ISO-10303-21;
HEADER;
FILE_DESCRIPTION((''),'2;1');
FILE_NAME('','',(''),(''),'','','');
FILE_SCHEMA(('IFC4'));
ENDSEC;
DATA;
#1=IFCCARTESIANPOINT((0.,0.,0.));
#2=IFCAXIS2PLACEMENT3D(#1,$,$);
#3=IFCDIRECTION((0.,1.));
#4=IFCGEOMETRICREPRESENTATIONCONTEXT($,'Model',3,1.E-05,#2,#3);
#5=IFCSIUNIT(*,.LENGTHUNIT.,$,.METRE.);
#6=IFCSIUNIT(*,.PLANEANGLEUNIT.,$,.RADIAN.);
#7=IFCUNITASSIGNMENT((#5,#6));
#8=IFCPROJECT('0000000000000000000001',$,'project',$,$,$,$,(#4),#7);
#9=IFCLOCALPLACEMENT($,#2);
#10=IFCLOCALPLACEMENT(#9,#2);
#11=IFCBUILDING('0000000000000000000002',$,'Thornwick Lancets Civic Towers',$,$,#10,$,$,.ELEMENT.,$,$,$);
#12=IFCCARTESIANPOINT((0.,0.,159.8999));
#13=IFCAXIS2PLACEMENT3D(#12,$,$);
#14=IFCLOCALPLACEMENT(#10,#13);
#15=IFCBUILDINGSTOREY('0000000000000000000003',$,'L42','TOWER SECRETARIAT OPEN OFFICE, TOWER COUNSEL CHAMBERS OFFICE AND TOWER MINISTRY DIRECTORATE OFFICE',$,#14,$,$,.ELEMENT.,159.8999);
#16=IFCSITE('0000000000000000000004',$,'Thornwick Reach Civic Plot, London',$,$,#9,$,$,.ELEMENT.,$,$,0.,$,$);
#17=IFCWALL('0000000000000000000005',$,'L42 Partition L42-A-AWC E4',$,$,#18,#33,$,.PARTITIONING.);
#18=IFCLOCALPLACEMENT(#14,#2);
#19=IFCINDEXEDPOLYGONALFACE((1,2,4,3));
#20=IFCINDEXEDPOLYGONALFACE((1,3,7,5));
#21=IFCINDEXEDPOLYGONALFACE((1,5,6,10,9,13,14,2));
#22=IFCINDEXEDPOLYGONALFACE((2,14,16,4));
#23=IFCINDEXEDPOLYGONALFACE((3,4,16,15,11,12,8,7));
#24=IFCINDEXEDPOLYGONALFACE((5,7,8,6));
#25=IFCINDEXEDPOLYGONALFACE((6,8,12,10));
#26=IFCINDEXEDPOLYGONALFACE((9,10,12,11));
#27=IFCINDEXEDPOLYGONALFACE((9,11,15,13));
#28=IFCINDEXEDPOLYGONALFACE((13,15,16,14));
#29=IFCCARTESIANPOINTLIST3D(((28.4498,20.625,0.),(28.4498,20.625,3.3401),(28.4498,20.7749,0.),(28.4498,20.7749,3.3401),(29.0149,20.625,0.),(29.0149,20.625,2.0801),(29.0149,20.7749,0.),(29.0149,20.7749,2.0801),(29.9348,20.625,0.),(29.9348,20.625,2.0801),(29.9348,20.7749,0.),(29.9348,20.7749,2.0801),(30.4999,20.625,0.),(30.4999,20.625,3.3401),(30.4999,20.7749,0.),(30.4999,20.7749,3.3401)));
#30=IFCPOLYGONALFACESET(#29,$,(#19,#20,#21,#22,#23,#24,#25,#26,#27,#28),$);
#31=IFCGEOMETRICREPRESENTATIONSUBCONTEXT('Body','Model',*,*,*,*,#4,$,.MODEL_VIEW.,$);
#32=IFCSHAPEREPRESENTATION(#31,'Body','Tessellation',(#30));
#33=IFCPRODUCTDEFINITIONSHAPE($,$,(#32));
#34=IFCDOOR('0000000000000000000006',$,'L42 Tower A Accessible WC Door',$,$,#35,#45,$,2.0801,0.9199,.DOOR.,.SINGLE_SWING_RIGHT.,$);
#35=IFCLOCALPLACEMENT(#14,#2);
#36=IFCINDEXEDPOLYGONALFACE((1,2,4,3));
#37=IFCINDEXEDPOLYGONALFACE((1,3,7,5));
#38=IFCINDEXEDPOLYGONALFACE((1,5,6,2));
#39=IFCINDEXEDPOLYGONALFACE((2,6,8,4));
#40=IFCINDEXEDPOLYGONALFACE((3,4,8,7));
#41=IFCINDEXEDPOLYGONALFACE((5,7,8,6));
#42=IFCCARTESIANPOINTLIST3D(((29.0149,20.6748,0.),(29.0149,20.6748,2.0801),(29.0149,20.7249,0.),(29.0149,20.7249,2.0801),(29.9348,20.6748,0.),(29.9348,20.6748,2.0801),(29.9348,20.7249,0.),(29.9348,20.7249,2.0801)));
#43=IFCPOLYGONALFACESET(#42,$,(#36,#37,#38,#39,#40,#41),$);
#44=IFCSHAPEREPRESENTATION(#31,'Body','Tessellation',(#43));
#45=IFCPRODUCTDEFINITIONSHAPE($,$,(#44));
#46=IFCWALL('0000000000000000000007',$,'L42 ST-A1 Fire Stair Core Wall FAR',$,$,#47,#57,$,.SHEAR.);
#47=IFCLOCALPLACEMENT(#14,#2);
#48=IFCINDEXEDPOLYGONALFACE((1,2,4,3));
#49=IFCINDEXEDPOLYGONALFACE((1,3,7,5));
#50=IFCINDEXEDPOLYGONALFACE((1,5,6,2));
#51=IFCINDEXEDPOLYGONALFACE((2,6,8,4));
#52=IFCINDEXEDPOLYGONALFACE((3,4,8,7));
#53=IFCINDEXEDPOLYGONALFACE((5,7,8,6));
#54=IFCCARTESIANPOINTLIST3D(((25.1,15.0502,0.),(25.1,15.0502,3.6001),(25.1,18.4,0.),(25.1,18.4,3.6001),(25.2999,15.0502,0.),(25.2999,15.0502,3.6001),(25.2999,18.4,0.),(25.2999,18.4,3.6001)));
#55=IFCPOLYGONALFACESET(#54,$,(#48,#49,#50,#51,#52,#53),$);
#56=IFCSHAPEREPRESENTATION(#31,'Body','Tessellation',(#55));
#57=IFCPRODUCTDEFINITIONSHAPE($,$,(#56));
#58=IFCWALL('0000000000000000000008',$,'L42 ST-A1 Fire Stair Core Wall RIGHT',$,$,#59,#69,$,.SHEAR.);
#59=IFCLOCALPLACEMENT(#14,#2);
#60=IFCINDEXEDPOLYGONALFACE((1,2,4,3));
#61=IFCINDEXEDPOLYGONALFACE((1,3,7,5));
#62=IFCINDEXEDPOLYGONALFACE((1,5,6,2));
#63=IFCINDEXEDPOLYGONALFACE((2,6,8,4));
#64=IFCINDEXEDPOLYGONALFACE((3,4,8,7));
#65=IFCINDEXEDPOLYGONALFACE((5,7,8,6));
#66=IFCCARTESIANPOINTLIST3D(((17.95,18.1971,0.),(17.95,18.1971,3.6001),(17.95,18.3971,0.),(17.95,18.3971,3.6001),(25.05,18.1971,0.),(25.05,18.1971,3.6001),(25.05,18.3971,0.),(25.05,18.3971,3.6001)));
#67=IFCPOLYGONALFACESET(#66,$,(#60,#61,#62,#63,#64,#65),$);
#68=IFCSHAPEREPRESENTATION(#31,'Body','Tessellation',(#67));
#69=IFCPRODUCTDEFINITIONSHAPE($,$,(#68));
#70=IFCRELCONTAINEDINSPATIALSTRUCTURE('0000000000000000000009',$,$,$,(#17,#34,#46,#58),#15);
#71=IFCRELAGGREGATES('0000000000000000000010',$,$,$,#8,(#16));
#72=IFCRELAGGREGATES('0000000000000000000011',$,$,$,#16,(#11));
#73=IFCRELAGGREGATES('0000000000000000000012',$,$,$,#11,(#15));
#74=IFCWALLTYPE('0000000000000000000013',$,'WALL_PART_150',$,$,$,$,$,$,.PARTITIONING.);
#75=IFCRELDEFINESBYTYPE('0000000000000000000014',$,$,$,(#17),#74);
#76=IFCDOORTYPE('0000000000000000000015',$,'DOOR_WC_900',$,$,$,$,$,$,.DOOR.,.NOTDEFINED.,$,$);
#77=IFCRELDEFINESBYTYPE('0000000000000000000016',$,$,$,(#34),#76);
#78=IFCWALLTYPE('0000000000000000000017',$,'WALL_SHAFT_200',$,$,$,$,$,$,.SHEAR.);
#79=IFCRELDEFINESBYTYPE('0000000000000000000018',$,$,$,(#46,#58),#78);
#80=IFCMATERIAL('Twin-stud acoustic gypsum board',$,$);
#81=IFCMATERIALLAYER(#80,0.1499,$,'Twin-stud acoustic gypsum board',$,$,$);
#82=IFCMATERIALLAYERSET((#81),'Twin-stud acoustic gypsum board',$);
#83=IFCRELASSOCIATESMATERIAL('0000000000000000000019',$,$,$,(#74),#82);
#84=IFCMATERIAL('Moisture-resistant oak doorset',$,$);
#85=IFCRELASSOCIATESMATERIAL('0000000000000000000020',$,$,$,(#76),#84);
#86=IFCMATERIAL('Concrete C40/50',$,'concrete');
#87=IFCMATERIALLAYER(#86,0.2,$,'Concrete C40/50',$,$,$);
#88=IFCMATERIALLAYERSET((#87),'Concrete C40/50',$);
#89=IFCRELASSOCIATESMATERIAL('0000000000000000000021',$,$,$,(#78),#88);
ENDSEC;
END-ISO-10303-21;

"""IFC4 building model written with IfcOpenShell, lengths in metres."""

from ifc_helpers import new_model, si_unit, direction, frame, frame_2d, origin, place, context, subcontext, project, spatial, rectangle, extrude, material, layer, layer_set, type_object, element, fill, save


model = new_model("IFC4")

# Units and contexts
model_context = context("Model", 3, precision=1e-05, world=origin(), true_north=direction((0.0, 1.0)))
body_context = subcontext(model_context, "Body", "Model", "MODEL_VIEW")
ifc_project = project(units=[si_unit("LENGTHUNIT", "METRE"), si_unit("PLANEANGLEUNIT", "RADIAN")], contexts=[model_context])

# Site, building, storey
site_placement = place(None, origin())
site = spatial("IfcSite", under=ifc_project, at=site_placement, Name="Thornwick Reach Civic Plot, London", CompositionType="ELEMENT", RefElevation=0.0)
building_placement = place(site_placement, origin())
building = spatial("IfcBuilding", under=site, at=building_placement, Name="Thornwick Lancets Civic Towers", CompositionType="ELEMENT")
storey_placement = place(building_placement, frame((0.0, 0.0, 159.8999)))
storey = spatial("IfcBuildingStorey", under=building, at=storey_placement, Name="L42", Description="TOWER SECRETARIAT OPEN OFFICE, TOWER COUNSEL CHAMBERS OFFICE AND TOWER MINISTRY DIRECTORATE OFFICE", CompositionType="ELEMENT", Elevation=159.8999)

# Wall, opening, door
ifc_material_1 = material(Name="Twin-stud acoustic gypsum board")
ifc_layer_1 = layer(ifc_material_1, 0.1499, Name="Twin-stud acoustic gypsum board")
ifc_layer_set_1 = layer_set([ifc_layer_1], Name="Twin-stud acoustic gypsum board")
wall_type_1 = type_object("IfcWallType", Name="WALL_PART_150", PredefinedType="PARTITIONING", material=ifc_layer_set_1)
wall_1_placement = place(storey_placement, frame((28.45, 20.7, 0.0), z_axis=(0.0, 0.0, 1.0), x_axis=(1.0, 0.0, 0.0)))
wall_1 = element("IfcWall", 1, at=wall_1_placement, inside=storey, type_object=wall_type_1, Name="L42 Partition L42-A-AWC E4", PredefinedType="PARTITIONING", context=body_context, shape_type="SweptSolid", body=[
    extrude(rectangle(XDim=2.05, YDim=0.1499, at=frame_2d((1.0249, 0.0))), origin(), (0.0, 0.0, 1.0), 3.3401),
])
opening_1_placement = place(wall_1_placement, frame((0.5649, 0.0, 0.0)))
opening_1 = element("IfcOpeningElement", 2, at=opening_1_placement, cuts=wall_1, PredefinedType="OPENING", context=body_context, shape_type="SweptSolid", body=[
    extrude(rectangle(XDim=0.9199, YDim=2.0801, at=frame_2d((0.46, 1.04))), frame((0.0, 0.085, 0.0), z_axis=(0.0, -1.0, 0.0), x_axis=(1.0, 0.0, 0.0)), (0.0, 0.0, 1.0), 0.1699),
])
ifc_material_2 = material(Name="Moisture-resistant oak doorset")
door_type_1 = type_object("IfcDoorType", Name="DOOR_WC_900", OperationType="NOTDEFINED", PredefinedType="DOOR", material=ifc_material_2)
door_1_placement = place(opening_1_placement, origin())
door_1 = element("IfcDoor", 3, at=door_1_placement, inside=storey, type_object=door_type_1, Name="L42 Tower A Accessible WC Door", OperationType="SINGLE_SWING_RIGHT", OverallHeight=2.0801, OverallWidth=0.9199, PredefinedType="DOOR", context=body_context, shape_type="SweptSolid", body=[
    extrude(rectangle(XDim=0.9199, YDim=2.0801, at=frame_2d((0.46, 1.04))), frame((0.0, 0.0249, 0.0), z_axis=(0.0, -1.0, 0.0), x_axis=(1.0, 0.0, 0.0)), (0.0, 0.0, 1.0), 0.05),
])
fill(opening_1, door_1)

# Walls
ifc_material_3 = material(Name="Concrete C40/50", Category="concrete")
ifc_layer_2 = layer(ifc_material_3, 0.2, Name="Concrete C40/50")
ifc_layer_set_2 = layer_set([ifc_layer_2], Name="Concrete C40/50")
wall_type_2 = type_object("IfcWallType", Name="WALL_SHAFT_200", PredefinedType="SHEAR", material=ifc_layer_set_2)
wall_2_placement = place(storey_placement, frame((25.2, 18.3999, 0.0), z_axis=(0.0, 0.0, 1.0), x_axis=(0.0, -1.0, 0.0)))
element("IfcWall", 4, at=wall_2_placement, inside=storey, type_object=wall_type_2, Name="L42 ST-A1 Fire Stair Core Wall FAR", PredefinedType="SHEAR", context=body_context, shape_type="SweptSolid", body=[
    extrude(rectangle(XDim=3.3499, YDim=0.2, at=frame_2d((1.6748, 0.0))), origin(), (0.0, 0.0, 1.0), 3.6001),
])
wall_3_placement = place(storey_placement, frame((25.05, 18.2971, 0.0), z_axis=(0.0, 0.0, 1.0), x_axis=(-1.0, 0.0, 0.0)))
element("IfcWall", 5, at=wall_3_placement, inside=storey, type_object=wall_type_2, Name="L42 ST-A1 Fire Stair Core Wall RIGHT", PredefinedType="SHEAR", context=body_context, shape_type="SweptSolid", body=[
    extrude(rectangle(XDim=7.1001, YDim=0.2, at=frame_2d((3.55, 0.0))), origin(), (0.0, 0.0, 1.0), 3.6001),
])

save(model, "model.ifc")
